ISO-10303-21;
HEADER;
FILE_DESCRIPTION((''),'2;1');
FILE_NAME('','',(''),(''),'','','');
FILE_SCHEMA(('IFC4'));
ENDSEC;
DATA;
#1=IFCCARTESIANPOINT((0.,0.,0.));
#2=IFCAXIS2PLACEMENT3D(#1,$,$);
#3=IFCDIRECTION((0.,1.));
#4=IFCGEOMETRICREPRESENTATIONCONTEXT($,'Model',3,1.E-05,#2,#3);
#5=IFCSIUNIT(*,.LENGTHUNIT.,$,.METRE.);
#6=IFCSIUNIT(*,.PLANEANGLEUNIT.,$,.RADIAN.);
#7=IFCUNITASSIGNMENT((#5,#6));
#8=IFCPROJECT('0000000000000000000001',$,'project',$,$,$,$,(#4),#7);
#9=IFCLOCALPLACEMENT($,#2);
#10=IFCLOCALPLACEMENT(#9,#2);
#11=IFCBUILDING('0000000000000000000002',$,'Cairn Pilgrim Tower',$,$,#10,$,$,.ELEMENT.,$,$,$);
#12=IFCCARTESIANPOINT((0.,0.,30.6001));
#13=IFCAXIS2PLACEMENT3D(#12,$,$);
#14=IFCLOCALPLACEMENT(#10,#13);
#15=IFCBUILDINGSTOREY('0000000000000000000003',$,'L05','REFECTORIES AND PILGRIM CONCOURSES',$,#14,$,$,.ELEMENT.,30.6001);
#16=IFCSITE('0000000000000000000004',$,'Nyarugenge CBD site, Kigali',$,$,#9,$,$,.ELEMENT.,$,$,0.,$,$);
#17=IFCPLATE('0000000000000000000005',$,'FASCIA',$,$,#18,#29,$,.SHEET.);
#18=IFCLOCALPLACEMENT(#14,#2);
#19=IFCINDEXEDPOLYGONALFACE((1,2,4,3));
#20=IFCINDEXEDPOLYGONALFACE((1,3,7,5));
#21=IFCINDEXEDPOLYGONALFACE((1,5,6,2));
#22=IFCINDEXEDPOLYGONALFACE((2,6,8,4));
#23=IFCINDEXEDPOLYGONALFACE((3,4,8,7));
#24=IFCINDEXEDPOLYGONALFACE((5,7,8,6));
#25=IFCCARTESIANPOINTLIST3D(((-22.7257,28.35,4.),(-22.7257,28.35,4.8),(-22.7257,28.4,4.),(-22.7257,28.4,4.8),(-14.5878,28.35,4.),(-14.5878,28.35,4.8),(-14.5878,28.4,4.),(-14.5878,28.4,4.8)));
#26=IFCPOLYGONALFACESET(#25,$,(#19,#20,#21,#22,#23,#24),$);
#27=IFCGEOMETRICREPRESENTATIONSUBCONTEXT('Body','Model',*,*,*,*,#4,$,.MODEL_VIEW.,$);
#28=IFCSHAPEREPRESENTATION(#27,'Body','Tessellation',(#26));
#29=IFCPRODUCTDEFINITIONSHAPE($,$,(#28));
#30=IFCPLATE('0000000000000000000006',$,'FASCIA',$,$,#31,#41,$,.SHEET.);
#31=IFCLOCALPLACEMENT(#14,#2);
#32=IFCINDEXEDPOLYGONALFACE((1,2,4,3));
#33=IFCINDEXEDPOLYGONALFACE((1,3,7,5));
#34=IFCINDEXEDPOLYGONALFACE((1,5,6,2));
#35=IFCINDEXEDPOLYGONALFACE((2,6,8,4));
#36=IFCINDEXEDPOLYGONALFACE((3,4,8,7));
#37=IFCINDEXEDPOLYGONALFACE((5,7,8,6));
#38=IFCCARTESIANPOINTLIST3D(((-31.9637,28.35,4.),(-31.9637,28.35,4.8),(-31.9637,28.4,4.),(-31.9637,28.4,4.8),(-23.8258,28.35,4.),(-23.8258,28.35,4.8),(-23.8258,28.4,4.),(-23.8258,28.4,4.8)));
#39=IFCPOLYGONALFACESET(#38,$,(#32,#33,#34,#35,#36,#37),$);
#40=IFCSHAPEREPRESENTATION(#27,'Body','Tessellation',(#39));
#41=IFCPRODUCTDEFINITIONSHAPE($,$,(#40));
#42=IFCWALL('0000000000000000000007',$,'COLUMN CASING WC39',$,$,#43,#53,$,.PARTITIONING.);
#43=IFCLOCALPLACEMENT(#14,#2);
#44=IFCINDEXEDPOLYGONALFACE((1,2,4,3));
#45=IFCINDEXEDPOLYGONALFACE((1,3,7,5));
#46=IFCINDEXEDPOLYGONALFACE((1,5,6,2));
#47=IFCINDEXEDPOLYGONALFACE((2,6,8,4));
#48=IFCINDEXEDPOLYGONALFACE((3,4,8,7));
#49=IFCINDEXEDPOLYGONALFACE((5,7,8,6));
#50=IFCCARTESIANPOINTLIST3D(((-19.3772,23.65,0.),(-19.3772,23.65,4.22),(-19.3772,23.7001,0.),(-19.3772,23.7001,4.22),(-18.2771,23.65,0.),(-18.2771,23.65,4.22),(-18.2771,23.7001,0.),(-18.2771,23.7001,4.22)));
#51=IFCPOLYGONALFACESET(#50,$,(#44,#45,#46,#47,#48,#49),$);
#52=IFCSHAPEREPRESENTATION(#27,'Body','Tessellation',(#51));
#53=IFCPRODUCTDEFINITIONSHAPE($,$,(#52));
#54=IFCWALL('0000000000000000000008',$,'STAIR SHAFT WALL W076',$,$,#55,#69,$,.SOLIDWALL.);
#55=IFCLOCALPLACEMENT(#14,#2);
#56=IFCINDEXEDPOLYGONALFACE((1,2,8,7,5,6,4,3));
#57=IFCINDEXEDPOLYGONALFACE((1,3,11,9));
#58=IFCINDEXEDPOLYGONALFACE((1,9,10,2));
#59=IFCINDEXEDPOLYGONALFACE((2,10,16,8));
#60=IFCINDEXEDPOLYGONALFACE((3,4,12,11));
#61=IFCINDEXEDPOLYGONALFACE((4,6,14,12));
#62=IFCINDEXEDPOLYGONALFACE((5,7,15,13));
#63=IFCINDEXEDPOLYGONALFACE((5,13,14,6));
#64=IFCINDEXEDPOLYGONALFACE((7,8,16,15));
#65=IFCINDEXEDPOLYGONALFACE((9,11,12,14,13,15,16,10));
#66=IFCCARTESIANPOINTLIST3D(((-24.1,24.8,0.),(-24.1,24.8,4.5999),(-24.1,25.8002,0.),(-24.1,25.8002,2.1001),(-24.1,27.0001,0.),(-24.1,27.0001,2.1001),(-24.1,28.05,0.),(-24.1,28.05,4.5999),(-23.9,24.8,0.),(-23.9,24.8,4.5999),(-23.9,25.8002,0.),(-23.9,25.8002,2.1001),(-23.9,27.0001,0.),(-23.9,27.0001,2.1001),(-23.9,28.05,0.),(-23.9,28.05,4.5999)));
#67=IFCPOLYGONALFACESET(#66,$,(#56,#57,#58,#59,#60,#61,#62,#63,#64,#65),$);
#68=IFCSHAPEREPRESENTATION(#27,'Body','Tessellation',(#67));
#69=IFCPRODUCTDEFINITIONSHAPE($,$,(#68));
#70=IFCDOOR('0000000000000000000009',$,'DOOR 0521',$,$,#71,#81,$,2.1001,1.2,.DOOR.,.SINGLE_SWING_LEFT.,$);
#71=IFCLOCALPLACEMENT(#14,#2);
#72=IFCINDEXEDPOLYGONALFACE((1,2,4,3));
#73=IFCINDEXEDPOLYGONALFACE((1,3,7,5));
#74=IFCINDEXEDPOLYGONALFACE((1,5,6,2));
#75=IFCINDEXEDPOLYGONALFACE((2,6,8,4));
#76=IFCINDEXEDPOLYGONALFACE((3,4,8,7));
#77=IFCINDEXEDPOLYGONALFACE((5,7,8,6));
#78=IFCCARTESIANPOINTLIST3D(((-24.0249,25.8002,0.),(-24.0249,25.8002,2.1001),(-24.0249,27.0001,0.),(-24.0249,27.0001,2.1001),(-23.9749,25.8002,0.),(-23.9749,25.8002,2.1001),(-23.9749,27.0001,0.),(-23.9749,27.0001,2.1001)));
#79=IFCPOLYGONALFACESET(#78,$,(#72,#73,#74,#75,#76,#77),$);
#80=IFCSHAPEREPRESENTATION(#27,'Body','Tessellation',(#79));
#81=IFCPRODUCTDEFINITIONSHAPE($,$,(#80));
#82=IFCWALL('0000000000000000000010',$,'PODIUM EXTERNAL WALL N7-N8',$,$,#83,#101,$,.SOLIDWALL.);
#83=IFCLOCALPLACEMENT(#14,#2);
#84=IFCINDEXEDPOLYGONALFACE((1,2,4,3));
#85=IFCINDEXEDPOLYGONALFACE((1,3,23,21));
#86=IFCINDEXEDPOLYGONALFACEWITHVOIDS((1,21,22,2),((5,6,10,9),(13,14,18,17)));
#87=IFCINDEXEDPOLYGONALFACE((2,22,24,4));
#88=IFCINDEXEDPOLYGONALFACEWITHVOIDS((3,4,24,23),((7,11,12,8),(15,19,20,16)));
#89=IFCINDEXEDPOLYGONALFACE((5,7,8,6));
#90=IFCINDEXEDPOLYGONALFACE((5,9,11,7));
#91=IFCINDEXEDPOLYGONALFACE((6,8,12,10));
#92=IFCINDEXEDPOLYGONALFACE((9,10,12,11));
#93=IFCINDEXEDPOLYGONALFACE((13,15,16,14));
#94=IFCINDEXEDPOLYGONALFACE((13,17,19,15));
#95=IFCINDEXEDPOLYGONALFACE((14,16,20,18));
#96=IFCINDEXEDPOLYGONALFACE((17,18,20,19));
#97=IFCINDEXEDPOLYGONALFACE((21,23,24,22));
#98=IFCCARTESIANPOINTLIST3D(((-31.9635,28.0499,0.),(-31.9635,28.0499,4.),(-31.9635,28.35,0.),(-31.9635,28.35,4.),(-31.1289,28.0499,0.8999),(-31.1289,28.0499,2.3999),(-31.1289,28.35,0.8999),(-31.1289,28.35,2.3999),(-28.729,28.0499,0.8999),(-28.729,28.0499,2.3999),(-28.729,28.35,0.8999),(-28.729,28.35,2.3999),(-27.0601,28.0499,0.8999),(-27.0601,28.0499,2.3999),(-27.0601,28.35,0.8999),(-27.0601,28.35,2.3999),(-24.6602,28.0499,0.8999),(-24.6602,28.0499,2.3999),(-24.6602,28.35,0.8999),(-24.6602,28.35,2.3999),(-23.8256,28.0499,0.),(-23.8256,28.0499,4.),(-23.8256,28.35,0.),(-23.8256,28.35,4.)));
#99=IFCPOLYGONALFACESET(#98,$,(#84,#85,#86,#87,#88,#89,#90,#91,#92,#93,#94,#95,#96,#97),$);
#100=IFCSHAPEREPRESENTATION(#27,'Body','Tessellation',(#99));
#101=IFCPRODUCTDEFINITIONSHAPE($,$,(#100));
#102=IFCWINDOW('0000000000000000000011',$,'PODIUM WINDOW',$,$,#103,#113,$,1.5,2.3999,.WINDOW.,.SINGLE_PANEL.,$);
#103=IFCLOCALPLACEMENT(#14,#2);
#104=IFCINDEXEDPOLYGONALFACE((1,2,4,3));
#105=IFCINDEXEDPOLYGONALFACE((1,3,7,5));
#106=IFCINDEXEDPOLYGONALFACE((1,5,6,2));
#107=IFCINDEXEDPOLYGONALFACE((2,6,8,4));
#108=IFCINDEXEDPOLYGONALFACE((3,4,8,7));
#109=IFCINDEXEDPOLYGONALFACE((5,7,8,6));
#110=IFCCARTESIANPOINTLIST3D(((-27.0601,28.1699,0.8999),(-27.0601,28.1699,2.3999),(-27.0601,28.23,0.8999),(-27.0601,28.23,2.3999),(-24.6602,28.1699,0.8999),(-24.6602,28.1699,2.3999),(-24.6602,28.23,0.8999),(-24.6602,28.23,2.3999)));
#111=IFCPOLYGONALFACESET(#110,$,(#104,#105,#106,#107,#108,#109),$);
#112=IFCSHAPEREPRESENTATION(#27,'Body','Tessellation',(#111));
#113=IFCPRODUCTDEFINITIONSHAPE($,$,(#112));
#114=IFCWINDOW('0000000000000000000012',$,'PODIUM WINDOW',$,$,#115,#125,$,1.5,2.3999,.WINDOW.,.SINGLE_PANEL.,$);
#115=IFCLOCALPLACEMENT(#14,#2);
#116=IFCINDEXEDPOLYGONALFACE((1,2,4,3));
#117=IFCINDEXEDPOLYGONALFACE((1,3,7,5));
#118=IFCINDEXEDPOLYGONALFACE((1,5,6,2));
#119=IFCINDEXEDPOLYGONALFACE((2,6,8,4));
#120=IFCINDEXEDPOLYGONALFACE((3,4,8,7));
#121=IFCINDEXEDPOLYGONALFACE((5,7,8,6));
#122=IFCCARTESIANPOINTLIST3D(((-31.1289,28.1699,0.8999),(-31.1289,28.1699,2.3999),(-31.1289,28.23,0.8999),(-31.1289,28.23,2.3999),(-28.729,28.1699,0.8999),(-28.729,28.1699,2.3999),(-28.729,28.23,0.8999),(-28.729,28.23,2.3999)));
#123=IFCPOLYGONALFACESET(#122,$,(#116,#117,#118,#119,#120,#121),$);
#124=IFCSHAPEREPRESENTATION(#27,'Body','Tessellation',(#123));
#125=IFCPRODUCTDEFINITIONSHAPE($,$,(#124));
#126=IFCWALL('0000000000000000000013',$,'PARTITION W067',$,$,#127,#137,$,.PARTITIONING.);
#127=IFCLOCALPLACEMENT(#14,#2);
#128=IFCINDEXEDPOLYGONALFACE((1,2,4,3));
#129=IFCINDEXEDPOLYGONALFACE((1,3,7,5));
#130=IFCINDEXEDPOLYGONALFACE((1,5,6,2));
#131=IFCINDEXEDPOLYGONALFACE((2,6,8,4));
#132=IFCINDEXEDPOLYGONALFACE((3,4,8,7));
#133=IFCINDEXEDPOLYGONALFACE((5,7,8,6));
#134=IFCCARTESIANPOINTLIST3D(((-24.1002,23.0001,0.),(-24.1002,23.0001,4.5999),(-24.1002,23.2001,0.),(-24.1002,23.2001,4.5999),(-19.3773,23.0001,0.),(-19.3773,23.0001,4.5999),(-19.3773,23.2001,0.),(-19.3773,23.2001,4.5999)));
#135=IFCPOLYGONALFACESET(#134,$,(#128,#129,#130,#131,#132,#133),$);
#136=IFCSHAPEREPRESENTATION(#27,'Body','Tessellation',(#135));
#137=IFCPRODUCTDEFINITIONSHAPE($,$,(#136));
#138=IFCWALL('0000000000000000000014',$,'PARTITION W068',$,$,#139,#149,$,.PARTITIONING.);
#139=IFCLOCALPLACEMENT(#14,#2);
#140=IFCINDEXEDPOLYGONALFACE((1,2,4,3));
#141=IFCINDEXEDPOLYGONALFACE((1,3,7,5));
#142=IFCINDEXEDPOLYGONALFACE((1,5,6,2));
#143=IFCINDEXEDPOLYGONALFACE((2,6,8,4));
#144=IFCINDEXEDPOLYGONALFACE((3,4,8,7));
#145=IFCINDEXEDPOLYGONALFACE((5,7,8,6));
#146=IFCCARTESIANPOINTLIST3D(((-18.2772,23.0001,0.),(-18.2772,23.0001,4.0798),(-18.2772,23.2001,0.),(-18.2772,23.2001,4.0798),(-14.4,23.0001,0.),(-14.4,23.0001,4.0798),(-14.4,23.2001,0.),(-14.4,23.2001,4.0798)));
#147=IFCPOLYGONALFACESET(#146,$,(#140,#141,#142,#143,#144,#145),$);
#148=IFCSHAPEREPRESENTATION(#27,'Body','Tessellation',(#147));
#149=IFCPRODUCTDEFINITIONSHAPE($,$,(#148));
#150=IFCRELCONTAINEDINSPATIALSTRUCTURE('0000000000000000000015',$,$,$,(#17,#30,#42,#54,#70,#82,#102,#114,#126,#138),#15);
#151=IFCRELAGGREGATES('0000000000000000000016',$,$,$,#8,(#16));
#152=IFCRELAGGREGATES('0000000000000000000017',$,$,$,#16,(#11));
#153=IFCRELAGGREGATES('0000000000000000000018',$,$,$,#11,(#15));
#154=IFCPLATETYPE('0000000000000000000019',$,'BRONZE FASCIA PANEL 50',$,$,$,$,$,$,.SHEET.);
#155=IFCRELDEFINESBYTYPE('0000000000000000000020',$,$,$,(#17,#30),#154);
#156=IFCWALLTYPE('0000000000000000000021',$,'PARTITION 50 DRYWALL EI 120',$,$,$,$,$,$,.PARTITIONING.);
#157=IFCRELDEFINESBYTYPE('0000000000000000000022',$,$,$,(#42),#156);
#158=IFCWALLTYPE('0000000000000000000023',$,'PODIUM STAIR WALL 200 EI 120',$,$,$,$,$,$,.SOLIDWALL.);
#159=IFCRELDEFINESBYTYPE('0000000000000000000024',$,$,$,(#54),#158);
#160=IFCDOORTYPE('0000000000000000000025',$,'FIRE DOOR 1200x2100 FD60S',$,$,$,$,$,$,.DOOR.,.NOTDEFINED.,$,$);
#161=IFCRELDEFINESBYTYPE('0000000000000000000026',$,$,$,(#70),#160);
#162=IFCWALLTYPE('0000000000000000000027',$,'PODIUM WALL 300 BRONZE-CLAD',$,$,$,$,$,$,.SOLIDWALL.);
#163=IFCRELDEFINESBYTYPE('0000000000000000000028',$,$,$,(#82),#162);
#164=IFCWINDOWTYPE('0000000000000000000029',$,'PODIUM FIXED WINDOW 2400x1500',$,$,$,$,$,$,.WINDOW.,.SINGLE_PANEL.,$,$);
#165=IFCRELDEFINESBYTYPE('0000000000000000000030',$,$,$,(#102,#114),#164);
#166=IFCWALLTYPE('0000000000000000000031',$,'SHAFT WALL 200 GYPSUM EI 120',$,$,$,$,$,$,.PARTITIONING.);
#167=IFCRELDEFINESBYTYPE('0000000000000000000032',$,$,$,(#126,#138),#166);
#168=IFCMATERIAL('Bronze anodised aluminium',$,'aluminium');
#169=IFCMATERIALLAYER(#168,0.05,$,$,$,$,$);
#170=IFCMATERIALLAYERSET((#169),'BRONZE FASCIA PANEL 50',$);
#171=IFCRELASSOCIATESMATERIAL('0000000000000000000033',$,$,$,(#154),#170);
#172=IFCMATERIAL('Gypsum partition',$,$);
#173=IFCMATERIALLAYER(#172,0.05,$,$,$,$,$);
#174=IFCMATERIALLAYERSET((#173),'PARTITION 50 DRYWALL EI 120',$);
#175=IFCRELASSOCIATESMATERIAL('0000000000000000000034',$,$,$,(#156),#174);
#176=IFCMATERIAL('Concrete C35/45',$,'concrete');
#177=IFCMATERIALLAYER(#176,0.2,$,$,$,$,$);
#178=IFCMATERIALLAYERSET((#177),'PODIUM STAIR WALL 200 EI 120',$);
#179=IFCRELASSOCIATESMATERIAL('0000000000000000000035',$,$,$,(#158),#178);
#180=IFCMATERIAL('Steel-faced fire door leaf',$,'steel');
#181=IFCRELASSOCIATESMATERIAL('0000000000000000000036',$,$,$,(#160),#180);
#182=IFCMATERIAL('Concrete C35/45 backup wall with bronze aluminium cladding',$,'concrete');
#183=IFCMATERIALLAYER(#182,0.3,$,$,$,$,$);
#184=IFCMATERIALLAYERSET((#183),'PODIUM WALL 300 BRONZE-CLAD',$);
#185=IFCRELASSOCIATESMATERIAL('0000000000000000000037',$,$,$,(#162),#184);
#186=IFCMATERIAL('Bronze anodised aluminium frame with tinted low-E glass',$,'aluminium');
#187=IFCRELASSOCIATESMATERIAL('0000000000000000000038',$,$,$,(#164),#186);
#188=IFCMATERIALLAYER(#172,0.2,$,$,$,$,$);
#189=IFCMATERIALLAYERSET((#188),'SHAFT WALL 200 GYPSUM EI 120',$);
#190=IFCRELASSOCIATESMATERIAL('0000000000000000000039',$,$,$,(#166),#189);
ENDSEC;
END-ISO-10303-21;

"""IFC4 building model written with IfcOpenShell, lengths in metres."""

from ifc_helpers import new_model, si_unit, direction, frame, frame_2d, origin, origin_2d, place, context, subcontext, project, spatial, rectangle, extrude, material, layer, layer_set, type_object, element, fill, save


model = new_model("IFC4")

# Units and contexts
model_context = context("Model", 3, precision=1e-05, world=origin(), true_north=direction((0.0, 1.0)))
body_context = subcontext(model_context, "Body", "Model", "MODEL_VIEW")
ifc_project = project(units=[si_unit("LENGTHUNIT", "METRE"), si_unit("PLANEANGLEUNIT", "RADIAN")], contexts=[model_context])

# Site, building, storey
site_placement = place(None, origin())
site = spatial("IfcSite", under=ifc_project, at=site_placement, Name="Nyarugenge CBD site, Kigali", CompositionType="ELEMENT", RefElevation=0.0)
building_placement = place(site_placement, origin())
building = spatial("IfcBuilding", under=site, at=building_placement, Name="Cairn Pilgrim Tower", CompositionType="ELEMENT")
storey_placement = place(building_placement, frame((0.0, 0.0, 30.6001)))
storey = spatial("IfcBuildingStorey", under=building, at=storey_placement, Name="L05", Description="REFECTORIES AND PILGRIM CONCOURSES", CompositionType="ELEMENT", Elevation=30.6001)

# Plates
ifc_material_1 = material(Name="Bronze anodised aluminium", Category="aluminium")
ifc_layer_1 = layer(ifc_material_1, 0.05)
ifc_layer_set_1 = layer_set([ifc_layer_1], Name="BRONZE FASCIA PANEL 50")
plate_type = type_object("IfcPlateType", Name="BRONZE FASCIA PANEL 50", PredefinedType="SHEET", material=ifc_layer_set_1)
for number, where, z_axis, x_axis, name in (
    (1, (-18.6567, 28.375, 4.0), (0.0, 0.0, 1.0), (-1.0, 0.0, 0.0), "FASCIA"),
    (2, (-27.8948, 28.375, 4.0), (0.0, 0.0, 1.0), (-1.0, 0.0, 0.0), "FASCIA"),
):
    element("IfcPlate", number, at=place(storey_placement, frame(where, z_axis=z_axis, x_axis=x_axis)), inside=storey, type_object=plate_type, Name=name, PredefinedType="SHEET", context=body_context, shape_type="SweptSolid", body=[
        extrude(rectangle(XDim=8.1379, YDim=0.05, at=origin_2d()), origin(), (0.0, 0.0, 1.0), 0.8),
    ])

# Wall
ifc_material_2 = material(Name="Gypsum partition")
ifc_layer_2 = layer(ifc_material_2, 0.05)
ifc_layer_set_2 = layer_set([ifc_layer_2], Name="PARTITION 50 DRYWALL EI 120")
wall_type_1 = type_object("IfcWallType", Name="PARTITION 50 DRYWALL EI 120", PredefinedType="PARTITIONING", material=ifc_layer_set_2)
wall_1_placement = place(storey_placement, frame((-19.3772, 23.675, 0.0), z_axis=(0.0, 0.0, 1.0), x_axis=(1.0, 0.0, 0.0)))
element("IfcWall", 3, at=wall_1_placement, inside=storey, type_object=wall_type_1, Name="COLUMN CASING WC39", PredefinedType="PARTITIONING", context=body_context, shape_type="SweptSolid", body=[
    extrude(rectangle(XDim=1.1001, YDim=0.05, at=frame_2d((0.55, 0.0))), origin(), (0.0, 0.0, 1.0), 4.22),
])

# Wall, opening, door
ifc_material_3 = material(Name="Concrete C35/45", Category="concrete")
ifc_layer_3 = layer(ifc_material_3, 0.2)
ifc_layer_set_3 = layer_set([ifc_layer_3], Name="PODIUM STAIR WALL 200 EI 120")
wall_type_2 = type_object("IfcWallType", Name="PODIUM STAIR WALL 200 EI 120", PredefinedType="SOLIDWALL", material=ifc_layer_set_3)
wall_2_placement = place(storey_placement, frame((-24.0, 24.8, 0.0), z_axis=(0.0, 0.0, 1.0), x_axis=(0.0, 1.0, 0.0)))
wall_2 = element("IfcWall", 4, at=wall_2_placement, inside=storey, type_object=wall_type_2, Name="STAIR SHAFT WALL W076", PredefinedType="SOLIDWALL", context=body_context, shape_type="SweptSolid", body=[
    extrude(rectangle(XDim=3.25, YDim=0.2, at=frame_2d((1.625, 0.0))), origin(), (0.0, 0.0, 1.0), 4.5999),
])
opening_1_placement = place(wall_2_placement, frame((1.0, 0.0, 0.0)))
opening_1 = element("IfcOpeningElement", 5, at=opening_1_placement, cuts=wall_2, PredefinedType="OPENING", context=body_context, shape_type="SweptSolid", body=[
    extrude(rectangle(XDim=1.2, YDim=2.1001, at=frame_2d((0.6001, 1.05))), frame((0.0, 0.1099, 0.0), z_axis=(0.0, -1.0, 0.0), x_axis=(1.0, 0.0, 0.0)), (0.0, 0.0, 1.0), 0.22),
])
ifc_material_4 = material(Name="Steel-faced fire door leaf", Category="steel")
door_type = type_object("IfcDoorType", Name="FIRE DOOR 1200x2100 FD60S", OperationType="NOTDEFINED", PredefinedType="DOOR", material=ifc_material_4)
door_placement = place(opening_1_placement, origin())
door = element("IfcDoor", 6, at=door_placement, inside=storey, type_object=door_type, Name="DOOR 0521", OperationType="SINGLE_SWING_LEFT", OverallHeight=2.1001, OverallWidth=1.2, PredefinedType="DOOR", context=body_context, shape_type="SweptSolid", body=[
    extrude(rectangle(XDim=1.2, YDim=2.1001, at=frame_2d((0.6001, 1.05))), frame((0.0, 0.0249, 0.0), z_axis=(0.0, -1.0, 0.0), x_axis=(1.0, 0.0, 0.0)), (0.0, 0.0, 1.0), 0.05),
])
fill(opening_1, door)

# Wall, openings, windows
ifc_material_5 = material(Name="Concrete C35/45 backup wall with bronze aluminium cladding", Category="concrete")
ifc_layer_4 = layer(ifc_material_5, 0.3)
ifc_layer_set_4 = layer_set([ifc_layer_4], Name="PODIUM WALL 300 BRONZE-CLAD")
wall_type_3 = type_object("IfcWallType", Name="PODIUM WALL 300 BRONZE-CLAD", PredefinedType="SOLIDWALL", material=ifc_layer_set_4)
wall_3_placement = place(storey_placement, frame((-23.8257, 28.2, 0.0), z_axis=(0.0, 0.0, 1.0), x_axis=(-1.0, 0.0, 0.0)))
wall_3 = element("IfcWall", 7, at=wall_3_placement, inside=storey, type_object=wall_type_3, Name="PODIUM EXTERNAL WALL N7-N8", PredefinedType="SOLIDWALL", context=body_context, shape_type="SweptSolid", body=[
    extrude(rectangle(XDim=8.1379, YDim=0.3, at=frame_2d((4.0688, 0.0))), origin(), (0.0, 0.0, 1.0), 4.0),
])
opening_2_placement = place(wall_3_placement, frame((0.8345, 0.0, 0.8999)))
opening_2 = element("IfcOpeningElement", 8, at=opening_2_placement, cuts=wall_3, PredefinedType="OPENING", context=body_context, shape_type="SweptSolid", body=[
    extrude(rectangle(XDim=2.3999, YDim=1.5, at=frame_2d((1.2, 0.75))), frame((0.0, 0.1602, 0.0), z_axis=(0.0, -1.0, 0.0), x_axis=(1.0, 0.0, 0.0)), (0.0, 0.0, 1.0), 0.3201),
])
opening_3_placement = place(wall_3_placement, frame((4.9033, 0.0, 0.8999)))
opening_3 = element("IfcOpeningElement", 9, at=opening_3_placement, cuts=wall_3, PredefinedType="OPENING", context=body_context, shape_type="SweptSolid", body=[
    extrude(rectangle(XDim=2.3999, YDim=1.5, at=frame_2d((1.2, 0.75))), frame((0.0, 0.1602, 0.0), z_axis=(0.0, -1.0, 0.0), x_axis=(1.0, 0.0, 0.0)), (0.0, 0.0, 1.0), 0.3201),
])
ifc_material_6 = material(Name="Bronze anodised aluminium frame with tinted low-E glass", Category="aluminium")
window_type = type_object("IfcWindowType", Name="PODIUM FIXED WINDOW 2400x1500", PartitioningType="SINGLE_PANEL", PredefinedType="WINDOW", material=ifc_material_6)
window_1_placement = place(opening_2_placement, origin())
window_1 = element("IfcWindow", 10, at=window_1_placement, inside=storey, type_object=window_type, Name="PODIUM WINDOW", OverallHeight=1.5, OverallWidth=2.3999, PartitioningType="SINGLE_PANEL", PredefinedType="WINDOW", context=body_context, shape_type="SweptSolid", body=[
    extrude(rectangle(XDim=2.3999, YDim=1.5, at=frame_2d((1.2, 0.75))), frame((0.0, 0.03, 0.0), z_axis=(0.0, -1.0, 0.0), x_axis=(1.0, 0.0, 0.0)), (0.0, 0.0, 1.0), 0.0601),
])
fill(opening_2, window_1)
window_2_placement = place(opening_3_placement, origin())
window_2 = element("IfcWindow", 11, at=window_2_placement, inside=storey, type_object=window_type, Name="PODIUM WINDOW", OverallHeight=1.5, OverallWidth=2.3999, PartitioningType="SINGLE_PANEL", PredefinedType="WINDOW", context=body_context, shape_type="SweptSolid", body=[
    extrude(rectangle(XDim=2.3999, YDim=1.5, at=frame_2d((1.2, 0.75))), frame((0.0, 0.03, 0.0), z_axis=(0.0, -1.0, 0.0), x_axis=(1.0, 0.0, 0.0)), (0.0, 0.0, 1.0), 0.0601),
])
fill(opening_3, window_2)

# Walls
ifc_layer_5 = layer(ifc_material_2, 0.2)
ifc_layer_set_5 = layer_set([ifc_layer_5], Name="SHAFT WALL 200 GYPSUM EI 120")
wall_type_4 = type_object("IfcWallType", Name="SHAFT WALL 200 GYPSUM EI 120", PredefinedType="PARTITIONING", material=ifc_layer_set_5)
wall_4_placement = place(storey_placement, frame((-24.1001, 23.1001, 0.0), z_axis=(0.0, 0.0, 1.0), x_axis=(1.0, 0.0, 0.0)))
element("IfcWall", 12, at=wall_4_placement, inside=storey, type_object=wall_type_4, Name="PARTITION W067", PredefinedType="PARTITIONING", context=body_context, shape_type="SweptSolid", body=[
    extrude(rectangle(XDim=4.7229, YDim=0.2, at=frame_2d((2.3613, 0.0))), origin(), (0.0, 0.0, 1.0), 4.5999),
])
wall_5_placement = place(storey_placement, frame((-18.2771, 23.1001, 0.0), z_axis=(0.0, 0.0, 1.0), x_axis=(1.0, 0.0, 0.0)))
element("IfcWall", 13, at=wall_5_placement, inside=storey, type_object=wall_type_4, Name="PARTITION W068", PredefinedType="PARTITIONING", context=body_context, shape_type="SweptSolid", body=[
    extrude(rectangle(XDim=3.8772, YDim=0.2, at=frame_2d((1.9385, 0.0))), origin(), (0.0, 0.0, 1.0), 4.0798),
])

save(model, "model.ifc")
